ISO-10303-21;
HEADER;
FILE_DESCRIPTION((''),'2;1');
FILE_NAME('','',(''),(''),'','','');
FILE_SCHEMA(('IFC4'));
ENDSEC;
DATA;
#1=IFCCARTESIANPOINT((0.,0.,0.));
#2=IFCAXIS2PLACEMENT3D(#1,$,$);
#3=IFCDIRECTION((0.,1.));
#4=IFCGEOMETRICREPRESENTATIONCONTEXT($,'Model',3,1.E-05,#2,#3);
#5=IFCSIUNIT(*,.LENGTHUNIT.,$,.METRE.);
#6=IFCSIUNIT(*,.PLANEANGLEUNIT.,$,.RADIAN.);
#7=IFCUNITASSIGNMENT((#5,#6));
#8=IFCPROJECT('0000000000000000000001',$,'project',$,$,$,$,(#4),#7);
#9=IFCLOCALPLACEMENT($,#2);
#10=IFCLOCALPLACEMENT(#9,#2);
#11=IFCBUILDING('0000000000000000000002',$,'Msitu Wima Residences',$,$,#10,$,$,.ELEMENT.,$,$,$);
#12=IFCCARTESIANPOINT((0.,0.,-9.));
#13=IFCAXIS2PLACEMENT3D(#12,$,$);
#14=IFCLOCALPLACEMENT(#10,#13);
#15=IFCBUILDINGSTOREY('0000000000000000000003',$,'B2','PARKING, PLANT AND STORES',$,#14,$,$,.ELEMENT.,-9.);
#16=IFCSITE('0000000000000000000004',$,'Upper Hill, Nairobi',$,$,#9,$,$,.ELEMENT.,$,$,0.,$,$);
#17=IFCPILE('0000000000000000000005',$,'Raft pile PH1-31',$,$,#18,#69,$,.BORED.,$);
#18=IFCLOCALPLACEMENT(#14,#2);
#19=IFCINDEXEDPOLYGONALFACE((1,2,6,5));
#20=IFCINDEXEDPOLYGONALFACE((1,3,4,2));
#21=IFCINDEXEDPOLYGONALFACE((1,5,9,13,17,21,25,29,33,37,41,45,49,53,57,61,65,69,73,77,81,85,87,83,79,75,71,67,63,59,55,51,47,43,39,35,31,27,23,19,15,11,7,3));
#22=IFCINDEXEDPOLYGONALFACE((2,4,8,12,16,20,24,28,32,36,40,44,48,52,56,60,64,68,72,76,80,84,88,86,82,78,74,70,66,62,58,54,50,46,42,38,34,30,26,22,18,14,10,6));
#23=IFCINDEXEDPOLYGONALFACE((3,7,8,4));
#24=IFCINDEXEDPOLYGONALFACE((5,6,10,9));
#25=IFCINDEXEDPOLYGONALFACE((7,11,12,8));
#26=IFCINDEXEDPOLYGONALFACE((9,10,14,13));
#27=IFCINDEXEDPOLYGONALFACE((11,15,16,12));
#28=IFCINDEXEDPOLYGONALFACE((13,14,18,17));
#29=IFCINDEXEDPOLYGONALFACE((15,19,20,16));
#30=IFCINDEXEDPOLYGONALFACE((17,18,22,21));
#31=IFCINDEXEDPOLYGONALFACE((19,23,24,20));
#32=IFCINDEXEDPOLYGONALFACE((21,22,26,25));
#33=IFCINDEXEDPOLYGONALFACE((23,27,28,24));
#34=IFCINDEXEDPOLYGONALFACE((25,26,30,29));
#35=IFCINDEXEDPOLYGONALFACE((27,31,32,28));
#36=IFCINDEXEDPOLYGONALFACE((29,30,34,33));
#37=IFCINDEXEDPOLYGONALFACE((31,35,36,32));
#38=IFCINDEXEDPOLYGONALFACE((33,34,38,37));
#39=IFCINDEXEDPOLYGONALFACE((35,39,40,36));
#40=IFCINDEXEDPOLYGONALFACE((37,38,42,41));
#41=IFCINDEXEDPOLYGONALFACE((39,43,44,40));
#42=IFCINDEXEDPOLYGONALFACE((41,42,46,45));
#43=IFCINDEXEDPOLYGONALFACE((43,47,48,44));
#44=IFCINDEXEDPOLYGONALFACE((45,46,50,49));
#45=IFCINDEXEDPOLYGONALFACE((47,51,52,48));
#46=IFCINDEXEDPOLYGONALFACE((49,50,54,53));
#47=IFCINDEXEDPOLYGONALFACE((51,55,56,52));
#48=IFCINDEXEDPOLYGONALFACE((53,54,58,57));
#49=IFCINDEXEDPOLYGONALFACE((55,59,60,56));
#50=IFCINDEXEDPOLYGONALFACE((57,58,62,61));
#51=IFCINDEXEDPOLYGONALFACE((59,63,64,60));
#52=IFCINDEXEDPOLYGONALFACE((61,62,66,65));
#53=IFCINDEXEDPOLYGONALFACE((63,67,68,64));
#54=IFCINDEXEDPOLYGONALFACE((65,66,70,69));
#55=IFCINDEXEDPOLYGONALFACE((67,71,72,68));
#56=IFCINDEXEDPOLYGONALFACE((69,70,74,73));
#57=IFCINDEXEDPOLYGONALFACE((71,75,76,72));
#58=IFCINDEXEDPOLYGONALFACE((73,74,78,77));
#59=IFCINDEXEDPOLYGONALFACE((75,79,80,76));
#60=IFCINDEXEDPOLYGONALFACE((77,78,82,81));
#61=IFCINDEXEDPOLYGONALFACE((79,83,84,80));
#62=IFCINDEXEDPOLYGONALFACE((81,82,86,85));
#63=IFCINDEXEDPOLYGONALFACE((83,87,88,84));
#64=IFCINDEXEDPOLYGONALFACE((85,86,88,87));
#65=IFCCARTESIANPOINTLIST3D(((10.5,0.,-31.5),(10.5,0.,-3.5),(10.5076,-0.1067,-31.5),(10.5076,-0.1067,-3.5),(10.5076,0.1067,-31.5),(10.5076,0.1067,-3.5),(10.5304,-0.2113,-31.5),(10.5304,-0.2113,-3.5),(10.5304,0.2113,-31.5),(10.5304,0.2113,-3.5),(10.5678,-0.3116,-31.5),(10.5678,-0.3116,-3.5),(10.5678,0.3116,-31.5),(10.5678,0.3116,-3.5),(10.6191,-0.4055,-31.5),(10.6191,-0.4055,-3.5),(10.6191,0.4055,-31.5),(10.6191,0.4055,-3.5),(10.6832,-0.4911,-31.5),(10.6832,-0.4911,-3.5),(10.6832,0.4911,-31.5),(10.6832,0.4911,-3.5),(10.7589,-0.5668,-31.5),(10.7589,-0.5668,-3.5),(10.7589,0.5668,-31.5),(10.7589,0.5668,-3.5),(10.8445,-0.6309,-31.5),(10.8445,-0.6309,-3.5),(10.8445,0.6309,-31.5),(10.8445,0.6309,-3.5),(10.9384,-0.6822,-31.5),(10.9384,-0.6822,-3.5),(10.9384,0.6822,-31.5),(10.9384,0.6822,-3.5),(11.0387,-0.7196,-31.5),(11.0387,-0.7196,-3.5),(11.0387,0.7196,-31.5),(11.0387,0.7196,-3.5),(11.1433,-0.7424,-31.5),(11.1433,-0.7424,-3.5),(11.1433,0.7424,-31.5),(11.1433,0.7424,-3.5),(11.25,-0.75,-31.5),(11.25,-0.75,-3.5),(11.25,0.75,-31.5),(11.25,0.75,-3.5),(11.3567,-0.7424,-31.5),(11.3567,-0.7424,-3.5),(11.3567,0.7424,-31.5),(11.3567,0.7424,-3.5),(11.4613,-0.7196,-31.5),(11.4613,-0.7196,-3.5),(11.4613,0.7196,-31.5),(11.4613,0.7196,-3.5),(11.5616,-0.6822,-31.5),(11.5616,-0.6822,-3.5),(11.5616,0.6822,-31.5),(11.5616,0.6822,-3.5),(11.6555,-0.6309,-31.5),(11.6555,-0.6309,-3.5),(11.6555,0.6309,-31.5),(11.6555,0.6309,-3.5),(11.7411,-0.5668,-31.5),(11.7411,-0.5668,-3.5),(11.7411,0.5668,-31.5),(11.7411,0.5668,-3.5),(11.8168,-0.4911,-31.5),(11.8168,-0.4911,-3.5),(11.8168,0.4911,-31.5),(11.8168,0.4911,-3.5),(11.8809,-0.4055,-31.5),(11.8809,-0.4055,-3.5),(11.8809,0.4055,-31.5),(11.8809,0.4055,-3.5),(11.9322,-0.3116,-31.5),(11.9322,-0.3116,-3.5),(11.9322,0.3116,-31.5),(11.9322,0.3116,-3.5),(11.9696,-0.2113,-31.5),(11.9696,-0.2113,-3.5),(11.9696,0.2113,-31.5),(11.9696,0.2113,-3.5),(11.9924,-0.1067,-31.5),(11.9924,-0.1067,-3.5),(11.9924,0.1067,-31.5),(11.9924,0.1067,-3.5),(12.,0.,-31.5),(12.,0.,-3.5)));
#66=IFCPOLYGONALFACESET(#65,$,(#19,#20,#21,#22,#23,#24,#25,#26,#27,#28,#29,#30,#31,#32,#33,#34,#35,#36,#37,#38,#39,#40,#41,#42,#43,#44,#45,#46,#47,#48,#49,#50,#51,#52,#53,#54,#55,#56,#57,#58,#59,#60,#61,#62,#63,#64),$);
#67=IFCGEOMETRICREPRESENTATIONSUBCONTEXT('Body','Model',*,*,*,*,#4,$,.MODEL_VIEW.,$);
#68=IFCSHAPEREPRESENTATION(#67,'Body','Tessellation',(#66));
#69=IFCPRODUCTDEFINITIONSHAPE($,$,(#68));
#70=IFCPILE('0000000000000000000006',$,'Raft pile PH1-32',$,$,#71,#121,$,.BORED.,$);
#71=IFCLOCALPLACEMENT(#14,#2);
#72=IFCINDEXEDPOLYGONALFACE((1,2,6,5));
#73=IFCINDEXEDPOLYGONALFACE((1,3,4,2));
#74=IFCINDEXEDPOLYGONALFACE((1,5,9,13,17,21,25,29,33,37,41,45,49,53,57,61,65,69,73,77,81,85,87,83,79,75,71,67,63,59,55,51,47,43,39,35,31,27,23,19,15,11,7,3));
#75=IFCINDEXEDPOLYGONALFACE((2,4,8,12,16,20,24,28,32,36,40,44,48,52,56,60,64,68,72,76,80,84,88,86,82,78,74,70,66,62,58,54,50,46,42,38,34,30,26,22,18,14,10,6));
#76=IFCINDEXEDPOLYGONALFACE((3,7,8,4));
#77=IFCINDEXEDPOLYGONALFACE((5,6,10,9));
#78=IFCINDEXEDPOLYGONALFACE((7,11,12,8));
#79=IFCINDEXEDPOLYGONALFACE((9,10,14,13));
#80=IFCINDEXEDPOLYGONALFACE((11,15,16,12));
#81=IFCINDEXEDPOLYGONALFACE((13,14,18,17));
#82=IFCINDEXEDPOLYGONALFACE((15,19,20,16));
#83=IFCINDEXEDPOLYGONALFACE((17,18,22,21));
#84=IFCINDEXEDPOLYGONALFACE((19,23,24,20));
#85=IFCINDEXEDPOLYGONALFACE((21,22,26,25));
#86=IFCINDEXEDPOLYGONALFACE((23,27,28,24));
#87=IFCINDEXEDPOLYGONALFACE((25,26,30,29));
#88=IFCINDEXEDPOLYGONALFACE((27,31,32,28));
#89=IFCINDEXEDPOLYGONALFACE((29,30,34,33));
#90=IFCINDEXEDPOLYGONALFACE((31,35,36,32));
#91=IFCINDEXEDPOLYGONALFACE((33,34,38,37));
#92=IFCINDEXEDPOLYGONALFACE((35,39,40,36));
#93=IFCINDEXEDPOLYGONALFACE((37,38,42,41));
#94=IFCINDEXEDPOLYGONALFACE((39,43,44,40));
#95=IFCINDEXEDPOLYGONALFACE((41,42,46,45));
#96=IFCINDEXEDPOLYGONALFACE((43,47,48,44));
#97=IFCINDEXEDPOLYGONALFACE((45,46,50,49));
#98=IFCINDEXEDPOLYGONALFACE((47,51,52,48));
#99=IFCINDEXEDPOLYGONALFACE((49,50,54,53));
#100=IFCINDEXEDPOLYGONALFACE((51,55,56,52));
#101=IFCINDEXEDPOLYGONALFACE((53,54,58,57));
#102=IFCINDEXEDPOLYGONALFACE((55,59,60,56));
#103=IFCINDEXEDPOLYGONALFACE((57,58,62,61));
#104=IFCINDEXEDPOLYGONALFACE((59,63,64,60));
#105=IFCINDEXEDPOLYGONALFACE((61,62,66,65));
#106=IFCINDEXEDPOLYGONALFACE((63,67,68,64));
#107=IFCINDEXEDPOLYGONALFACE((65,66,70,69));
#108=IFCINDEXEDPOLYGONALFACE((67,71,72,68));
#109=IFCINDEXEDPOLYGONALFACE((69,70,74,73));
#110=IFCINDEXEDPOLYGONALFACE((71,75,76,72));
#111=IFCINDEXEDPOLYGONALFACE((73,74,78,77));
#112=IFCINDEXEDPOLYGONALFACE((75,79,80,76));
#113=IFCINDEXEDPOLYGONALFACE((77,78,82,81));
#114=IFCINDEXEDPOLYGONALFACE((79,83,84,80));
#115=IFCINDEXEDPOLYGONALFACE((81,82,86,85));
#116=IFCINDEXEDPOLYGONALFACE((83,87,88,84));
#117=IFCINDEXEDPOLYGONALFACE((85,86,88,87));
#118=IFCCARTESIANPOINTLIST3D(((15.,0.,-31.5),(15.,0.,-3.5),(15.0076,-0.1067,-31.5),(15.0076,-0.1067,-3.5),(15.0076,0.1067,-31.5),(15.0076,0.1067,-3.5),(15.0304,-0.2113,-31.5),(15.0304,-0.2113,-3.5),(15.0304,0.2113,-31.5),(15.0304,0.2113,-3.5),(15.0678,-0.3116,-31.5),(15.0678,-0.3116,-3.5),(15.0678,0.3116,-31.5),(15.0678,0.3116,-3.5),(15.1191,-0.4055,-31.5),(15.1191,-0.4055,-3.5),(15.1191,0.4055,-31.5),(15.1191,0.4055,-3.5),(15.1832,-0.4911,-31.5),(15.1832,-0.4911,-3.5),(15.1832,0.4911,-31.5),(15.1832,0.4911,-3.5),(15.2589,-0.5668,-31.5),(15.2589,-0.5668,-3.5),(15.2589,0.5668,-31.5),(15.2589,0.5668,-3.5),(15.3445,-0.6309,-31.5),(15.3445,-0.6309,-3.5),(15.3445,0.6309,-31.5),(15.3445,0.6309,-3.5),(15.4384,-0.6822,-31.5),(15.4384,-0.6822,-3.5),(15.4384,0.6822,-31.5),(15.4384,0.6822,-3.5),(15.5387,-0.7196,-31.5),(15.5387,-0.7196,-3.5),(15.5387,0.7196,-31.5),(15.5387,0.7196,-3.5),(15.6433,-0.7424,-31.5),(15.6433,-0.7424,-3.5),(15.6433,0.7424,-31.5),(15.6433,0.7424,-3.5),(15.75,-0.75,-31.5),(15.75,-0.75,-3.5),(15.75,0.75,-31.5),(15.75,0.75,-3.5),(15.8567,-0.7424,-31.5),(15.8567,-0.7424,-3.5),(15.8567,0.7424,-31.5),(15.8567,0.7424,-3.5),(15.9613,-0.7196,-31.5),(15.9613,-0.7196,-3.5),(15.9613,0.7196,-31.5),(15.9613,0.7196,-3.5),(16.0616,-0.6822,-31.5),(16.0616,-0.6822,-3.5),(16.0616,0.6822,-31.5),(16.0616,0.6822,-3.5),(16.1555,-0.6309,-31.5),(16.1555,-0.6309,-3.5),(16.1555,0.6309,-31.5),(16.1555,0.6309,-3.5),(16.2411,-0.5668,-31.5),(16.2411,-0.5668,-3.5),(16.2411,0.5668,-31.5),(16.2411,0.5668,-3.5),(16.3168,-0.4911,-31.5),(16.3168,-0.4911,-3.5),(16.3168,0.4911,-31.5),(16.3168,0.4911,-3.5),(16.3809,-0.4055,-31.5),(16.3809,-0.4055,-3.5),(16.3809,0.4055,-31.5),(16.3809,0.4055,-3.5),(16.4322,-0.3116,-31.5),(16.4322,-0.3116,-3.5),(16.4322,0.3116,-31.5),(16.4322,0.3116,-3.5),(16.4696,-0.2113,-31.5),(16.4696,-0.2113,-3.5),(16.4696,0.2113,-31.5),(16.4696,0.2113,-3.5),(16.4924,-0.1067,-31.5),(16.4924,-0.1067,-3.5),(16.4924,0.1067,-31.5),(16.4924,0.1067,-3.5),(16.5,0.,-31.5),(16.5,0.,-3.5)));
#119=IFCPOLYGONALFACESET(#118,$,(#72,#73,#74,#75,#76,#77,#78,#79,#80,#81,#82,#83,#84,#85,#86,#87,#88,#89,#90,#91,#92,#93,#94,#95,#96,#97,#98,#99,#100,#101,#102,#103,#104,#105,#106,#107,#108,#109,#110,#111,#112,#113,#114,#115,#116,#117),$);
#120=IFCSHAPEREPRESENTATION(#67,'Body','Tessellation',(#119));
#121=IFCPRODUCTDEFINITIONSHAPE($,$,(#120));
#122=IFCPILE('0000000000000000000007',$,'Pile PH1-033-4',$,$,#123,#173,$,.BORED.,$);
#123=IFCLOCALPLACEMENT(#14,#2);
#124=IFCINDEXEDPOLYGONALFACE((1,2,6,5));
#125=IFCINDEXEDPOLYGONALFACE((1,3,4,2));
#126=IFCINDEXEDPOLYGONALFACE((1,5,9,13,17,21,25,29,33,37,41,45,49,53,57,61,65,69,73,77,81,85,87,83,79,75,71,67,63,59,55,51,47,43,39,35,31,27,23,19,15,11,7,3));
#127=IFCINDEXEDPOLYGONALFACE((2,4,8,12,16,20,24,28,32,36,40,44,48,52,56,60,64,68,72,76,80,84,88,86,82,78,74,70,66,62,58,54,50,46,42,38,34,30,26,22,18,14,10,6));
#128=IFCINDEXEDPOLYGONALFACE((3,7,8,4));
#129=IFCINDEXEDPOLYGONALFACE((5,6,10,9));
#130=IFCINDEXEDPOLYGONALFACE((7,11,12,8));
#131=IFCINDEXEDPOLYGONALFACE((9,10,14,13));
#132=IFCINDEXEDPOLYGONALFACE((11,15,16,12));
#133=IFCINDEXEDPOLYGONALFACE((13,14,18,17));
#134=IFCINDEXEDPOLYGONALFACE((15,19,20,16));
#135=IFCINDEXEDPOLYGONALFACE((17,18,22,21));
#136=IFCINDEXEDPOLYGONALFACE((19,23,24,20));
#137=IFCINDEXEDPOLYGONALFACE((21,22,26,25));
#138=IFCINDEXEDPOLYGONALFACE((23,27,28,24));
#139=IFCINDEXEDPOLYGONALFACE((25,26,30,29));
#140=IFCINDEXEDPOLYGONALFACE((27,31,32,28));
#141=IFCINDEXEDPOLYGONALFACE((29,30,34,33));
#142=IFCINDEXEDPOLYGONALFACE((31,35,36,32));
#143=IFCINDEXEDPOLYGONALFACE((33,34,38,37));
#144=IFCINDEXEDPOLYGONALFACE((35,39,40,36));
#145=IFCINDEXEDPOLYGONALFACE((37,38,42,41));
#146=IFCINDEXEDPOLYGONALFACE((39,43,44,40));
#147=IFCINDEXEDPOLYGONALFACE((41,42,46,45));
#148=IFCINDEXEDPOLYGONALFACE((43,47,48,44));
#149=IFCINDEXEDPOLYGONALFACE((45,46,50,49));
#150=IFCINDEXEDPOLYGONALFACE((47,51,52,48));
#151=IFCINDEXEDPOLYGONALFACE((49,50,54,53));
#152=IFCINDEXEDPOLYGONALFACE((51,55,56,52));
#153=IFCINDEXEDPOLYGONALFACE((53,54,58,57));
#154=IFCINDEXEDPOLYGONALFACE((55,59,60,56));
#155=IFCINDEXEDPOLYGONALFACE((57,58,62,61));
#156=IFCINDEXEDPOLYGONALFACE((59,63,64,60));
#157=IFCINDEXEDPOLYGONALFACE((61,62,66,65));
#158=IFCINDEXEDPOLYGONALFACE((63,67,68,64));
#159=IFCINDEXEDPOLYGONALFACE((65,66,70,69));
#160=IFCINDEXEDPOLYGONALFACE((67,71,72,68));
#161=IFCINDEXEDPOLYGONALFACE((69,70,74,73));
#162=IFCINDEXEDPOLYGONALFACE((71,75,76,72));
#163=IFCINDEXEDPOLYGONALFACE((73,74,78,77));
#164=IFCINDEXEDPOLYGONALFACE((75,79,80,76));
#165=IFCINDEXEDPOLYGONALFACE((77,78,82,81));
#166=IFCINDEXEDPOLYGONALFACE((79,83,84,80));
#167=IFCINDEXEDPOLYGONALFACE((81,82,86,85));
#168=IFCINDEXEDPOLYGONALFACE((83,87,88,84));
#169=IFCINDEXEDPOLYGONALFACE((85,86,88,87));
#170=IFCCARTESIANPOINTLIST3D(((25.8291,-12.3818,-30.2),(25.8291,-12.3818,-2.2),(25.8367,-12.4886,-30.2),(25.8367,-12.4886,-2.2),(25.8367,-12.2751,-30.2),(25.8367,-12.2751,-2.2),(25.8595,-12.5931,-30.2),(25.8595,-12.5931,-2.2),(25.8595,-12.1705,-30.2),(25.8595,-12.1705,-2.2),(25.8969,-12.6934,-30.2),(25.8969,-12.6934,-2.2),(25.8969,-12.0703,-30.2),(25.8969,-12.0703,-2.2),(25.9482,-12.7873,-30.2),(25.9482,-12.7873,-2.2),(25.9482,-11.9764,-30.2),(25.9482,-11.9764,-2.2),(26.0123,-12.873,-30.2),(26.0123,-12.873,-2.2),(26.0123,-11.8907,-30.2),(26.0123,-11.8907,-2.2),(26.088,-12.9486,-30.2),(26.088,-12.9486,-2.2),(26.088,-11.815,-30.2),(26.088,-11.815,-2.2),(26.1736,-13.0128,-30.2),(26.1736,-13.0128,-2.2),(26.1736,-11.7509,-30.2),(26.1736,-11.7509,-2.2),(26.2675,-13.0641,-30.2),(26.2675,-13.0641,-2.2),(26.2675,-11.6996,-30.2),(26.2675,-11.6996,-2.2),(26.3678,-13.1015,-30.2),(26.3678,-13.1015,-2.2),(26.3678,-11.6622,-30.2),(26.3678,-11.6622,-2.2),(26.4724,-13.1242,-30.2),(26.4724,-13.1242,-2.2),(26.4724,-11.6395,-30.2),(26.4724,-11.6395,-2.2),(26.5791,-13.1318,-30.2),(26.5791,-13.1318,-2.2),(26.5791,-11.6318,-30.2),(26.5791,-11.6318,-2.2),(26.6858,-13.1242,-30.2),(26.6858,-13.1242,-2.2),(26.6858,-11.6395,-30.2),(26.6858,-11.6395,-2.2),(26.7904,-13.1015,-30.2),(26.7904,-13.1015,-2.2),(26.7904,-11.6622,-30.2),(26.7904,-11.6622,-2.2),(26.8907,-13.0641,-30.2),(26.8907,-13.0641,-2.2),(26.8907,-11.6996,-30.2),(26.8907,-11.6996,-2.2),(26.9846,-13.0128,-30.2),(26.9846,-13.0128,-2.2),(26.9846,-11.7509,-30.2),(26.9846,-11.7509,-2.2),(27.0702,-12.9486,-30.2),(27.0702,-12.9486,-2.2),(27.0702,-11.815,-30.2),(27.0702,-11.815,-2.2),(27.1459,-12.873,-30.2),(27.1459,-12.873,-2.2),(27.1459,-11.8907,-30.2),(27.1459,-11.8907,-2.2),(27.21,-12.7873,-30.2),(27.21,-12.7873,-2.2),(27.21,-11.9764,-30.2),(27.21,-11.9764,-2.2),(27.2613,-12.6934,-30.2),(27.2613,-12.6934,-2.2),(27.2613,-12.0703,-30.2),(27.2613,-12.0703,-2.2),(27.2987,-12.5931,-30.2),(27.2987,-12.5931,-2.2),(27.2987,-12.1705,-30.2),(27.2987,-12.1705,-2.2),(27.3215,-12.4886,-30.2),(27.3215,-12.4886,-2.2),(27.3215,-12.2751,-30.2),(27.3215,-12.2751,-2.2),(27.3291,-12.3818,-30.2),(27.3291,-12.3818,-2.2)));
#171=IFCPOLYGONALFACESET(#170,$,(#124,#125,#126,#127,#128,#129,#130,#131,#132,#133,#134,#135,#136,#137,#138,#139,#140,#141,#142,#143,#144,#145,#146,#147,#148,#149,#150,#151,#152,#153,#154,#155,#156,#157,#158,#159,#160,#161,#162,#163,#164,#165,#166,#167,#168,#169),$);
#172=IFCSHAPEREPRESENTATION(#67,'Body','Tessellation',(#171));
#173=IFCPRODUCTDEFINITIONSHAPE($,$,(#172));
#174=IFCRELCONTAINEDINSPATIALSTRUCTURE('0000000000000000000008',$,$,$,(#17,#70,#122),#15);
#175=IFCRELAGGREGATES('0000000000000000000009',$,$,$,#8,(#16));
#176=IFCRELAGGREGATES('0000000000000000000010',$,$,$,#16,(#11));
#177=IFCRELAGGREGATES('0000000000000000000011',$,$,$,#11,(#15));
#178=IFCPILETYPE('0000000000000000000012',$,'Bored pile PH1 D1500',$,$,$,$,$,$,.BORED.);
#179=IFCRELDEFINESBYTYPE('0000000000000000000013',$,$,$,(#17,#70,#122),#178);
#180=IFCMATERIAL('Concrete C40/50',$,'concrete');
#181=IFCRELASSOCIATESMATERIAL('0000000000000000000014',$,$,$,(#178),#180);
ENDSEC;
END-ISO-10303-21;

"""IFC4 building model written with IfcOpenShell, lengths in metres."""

from ifc_helpers import new_model, si_unit, direction, frame, origin, origin_2d, place, context, subcontext, project, spatial, circle, extrude, material, type_object, element, save


model = new_model("IFC4")

# Units and contexts
model_context = context("Model", 3, precision=1e-05, world=origin(), true_north=direction((0.0, 1.0)))
body_context = subcontext(model_context, "Body", "Model", "MODEL_VIEW")
ifc_project = project(units=[si_unit("LENGTHUNIT", "METRE"), si_unit("PLANEANGLEUNIT", "RADIAN")], contexts=[model_context])

# Site, building, storey
site_placement = place(None, origin())
site = spatial("IfcSite", under=ifc_project, at=site_placement, Name="Upper Hill, Nairobi", CompositionType="ELEMENT", RefElevation=0.0)
building_placement = place(site_placement, origin())
building = spatial("IfcBuilding", under=site, at=building_placement, Name="Msitu Wima Residences", CompositionType="ELEMENT")
storey_placement = place(building_placement, frame((0.0, 0.0, -9.0)))
storey = spatial("IfcBuildingStorey", under=building, at=storey_placement, Name="B2", Description="PARKING, PLANT AND STORES", CompositionType="ELEMENT", Elevation=-9.0)

# Piles
ifc_material_1 = material(Name="Concrete C40/50", Category="concrete")
pile_type = type_object("IfcPileType", Name="Bored pile PH1 D1500", PredefinedType="BORED", material=ifc_material_1)
for number, where, z_axis, x_axis, name in (
    (1, (11.25, 0.0, -3.5), (0.0, 0.0, -1.0), (1.0, 0.0, 0.0), "Raft pile PH1-31"),
    (2, (15.75, 0.0, -3.5), (0.0, 0.0, -1.0), (1.0, 0.0, 0.0), "Raft pile PH1-32"),
    (3, (26.5791, -12.3818, -2.2), (0.0, 0.0, -1.0), (1.0, 0.0, 0.0), "Pile PH1-033-4"),
):
    element("IfcPile", number, at=place(storey_placement, frame(where, z_axis=z_axis, x_axis=x_axis)), inside=storey, type_object=pile_type, Name=name, PredefinedType="BORED", context=body_context, shape_type="SweptSolid", body=[
        extrude(circle(Radius=0.75, at=origin_2d()), origin(), (0.0, 0.0, 1.0), 28.0),
    ])

save(model, "model.ifc")
